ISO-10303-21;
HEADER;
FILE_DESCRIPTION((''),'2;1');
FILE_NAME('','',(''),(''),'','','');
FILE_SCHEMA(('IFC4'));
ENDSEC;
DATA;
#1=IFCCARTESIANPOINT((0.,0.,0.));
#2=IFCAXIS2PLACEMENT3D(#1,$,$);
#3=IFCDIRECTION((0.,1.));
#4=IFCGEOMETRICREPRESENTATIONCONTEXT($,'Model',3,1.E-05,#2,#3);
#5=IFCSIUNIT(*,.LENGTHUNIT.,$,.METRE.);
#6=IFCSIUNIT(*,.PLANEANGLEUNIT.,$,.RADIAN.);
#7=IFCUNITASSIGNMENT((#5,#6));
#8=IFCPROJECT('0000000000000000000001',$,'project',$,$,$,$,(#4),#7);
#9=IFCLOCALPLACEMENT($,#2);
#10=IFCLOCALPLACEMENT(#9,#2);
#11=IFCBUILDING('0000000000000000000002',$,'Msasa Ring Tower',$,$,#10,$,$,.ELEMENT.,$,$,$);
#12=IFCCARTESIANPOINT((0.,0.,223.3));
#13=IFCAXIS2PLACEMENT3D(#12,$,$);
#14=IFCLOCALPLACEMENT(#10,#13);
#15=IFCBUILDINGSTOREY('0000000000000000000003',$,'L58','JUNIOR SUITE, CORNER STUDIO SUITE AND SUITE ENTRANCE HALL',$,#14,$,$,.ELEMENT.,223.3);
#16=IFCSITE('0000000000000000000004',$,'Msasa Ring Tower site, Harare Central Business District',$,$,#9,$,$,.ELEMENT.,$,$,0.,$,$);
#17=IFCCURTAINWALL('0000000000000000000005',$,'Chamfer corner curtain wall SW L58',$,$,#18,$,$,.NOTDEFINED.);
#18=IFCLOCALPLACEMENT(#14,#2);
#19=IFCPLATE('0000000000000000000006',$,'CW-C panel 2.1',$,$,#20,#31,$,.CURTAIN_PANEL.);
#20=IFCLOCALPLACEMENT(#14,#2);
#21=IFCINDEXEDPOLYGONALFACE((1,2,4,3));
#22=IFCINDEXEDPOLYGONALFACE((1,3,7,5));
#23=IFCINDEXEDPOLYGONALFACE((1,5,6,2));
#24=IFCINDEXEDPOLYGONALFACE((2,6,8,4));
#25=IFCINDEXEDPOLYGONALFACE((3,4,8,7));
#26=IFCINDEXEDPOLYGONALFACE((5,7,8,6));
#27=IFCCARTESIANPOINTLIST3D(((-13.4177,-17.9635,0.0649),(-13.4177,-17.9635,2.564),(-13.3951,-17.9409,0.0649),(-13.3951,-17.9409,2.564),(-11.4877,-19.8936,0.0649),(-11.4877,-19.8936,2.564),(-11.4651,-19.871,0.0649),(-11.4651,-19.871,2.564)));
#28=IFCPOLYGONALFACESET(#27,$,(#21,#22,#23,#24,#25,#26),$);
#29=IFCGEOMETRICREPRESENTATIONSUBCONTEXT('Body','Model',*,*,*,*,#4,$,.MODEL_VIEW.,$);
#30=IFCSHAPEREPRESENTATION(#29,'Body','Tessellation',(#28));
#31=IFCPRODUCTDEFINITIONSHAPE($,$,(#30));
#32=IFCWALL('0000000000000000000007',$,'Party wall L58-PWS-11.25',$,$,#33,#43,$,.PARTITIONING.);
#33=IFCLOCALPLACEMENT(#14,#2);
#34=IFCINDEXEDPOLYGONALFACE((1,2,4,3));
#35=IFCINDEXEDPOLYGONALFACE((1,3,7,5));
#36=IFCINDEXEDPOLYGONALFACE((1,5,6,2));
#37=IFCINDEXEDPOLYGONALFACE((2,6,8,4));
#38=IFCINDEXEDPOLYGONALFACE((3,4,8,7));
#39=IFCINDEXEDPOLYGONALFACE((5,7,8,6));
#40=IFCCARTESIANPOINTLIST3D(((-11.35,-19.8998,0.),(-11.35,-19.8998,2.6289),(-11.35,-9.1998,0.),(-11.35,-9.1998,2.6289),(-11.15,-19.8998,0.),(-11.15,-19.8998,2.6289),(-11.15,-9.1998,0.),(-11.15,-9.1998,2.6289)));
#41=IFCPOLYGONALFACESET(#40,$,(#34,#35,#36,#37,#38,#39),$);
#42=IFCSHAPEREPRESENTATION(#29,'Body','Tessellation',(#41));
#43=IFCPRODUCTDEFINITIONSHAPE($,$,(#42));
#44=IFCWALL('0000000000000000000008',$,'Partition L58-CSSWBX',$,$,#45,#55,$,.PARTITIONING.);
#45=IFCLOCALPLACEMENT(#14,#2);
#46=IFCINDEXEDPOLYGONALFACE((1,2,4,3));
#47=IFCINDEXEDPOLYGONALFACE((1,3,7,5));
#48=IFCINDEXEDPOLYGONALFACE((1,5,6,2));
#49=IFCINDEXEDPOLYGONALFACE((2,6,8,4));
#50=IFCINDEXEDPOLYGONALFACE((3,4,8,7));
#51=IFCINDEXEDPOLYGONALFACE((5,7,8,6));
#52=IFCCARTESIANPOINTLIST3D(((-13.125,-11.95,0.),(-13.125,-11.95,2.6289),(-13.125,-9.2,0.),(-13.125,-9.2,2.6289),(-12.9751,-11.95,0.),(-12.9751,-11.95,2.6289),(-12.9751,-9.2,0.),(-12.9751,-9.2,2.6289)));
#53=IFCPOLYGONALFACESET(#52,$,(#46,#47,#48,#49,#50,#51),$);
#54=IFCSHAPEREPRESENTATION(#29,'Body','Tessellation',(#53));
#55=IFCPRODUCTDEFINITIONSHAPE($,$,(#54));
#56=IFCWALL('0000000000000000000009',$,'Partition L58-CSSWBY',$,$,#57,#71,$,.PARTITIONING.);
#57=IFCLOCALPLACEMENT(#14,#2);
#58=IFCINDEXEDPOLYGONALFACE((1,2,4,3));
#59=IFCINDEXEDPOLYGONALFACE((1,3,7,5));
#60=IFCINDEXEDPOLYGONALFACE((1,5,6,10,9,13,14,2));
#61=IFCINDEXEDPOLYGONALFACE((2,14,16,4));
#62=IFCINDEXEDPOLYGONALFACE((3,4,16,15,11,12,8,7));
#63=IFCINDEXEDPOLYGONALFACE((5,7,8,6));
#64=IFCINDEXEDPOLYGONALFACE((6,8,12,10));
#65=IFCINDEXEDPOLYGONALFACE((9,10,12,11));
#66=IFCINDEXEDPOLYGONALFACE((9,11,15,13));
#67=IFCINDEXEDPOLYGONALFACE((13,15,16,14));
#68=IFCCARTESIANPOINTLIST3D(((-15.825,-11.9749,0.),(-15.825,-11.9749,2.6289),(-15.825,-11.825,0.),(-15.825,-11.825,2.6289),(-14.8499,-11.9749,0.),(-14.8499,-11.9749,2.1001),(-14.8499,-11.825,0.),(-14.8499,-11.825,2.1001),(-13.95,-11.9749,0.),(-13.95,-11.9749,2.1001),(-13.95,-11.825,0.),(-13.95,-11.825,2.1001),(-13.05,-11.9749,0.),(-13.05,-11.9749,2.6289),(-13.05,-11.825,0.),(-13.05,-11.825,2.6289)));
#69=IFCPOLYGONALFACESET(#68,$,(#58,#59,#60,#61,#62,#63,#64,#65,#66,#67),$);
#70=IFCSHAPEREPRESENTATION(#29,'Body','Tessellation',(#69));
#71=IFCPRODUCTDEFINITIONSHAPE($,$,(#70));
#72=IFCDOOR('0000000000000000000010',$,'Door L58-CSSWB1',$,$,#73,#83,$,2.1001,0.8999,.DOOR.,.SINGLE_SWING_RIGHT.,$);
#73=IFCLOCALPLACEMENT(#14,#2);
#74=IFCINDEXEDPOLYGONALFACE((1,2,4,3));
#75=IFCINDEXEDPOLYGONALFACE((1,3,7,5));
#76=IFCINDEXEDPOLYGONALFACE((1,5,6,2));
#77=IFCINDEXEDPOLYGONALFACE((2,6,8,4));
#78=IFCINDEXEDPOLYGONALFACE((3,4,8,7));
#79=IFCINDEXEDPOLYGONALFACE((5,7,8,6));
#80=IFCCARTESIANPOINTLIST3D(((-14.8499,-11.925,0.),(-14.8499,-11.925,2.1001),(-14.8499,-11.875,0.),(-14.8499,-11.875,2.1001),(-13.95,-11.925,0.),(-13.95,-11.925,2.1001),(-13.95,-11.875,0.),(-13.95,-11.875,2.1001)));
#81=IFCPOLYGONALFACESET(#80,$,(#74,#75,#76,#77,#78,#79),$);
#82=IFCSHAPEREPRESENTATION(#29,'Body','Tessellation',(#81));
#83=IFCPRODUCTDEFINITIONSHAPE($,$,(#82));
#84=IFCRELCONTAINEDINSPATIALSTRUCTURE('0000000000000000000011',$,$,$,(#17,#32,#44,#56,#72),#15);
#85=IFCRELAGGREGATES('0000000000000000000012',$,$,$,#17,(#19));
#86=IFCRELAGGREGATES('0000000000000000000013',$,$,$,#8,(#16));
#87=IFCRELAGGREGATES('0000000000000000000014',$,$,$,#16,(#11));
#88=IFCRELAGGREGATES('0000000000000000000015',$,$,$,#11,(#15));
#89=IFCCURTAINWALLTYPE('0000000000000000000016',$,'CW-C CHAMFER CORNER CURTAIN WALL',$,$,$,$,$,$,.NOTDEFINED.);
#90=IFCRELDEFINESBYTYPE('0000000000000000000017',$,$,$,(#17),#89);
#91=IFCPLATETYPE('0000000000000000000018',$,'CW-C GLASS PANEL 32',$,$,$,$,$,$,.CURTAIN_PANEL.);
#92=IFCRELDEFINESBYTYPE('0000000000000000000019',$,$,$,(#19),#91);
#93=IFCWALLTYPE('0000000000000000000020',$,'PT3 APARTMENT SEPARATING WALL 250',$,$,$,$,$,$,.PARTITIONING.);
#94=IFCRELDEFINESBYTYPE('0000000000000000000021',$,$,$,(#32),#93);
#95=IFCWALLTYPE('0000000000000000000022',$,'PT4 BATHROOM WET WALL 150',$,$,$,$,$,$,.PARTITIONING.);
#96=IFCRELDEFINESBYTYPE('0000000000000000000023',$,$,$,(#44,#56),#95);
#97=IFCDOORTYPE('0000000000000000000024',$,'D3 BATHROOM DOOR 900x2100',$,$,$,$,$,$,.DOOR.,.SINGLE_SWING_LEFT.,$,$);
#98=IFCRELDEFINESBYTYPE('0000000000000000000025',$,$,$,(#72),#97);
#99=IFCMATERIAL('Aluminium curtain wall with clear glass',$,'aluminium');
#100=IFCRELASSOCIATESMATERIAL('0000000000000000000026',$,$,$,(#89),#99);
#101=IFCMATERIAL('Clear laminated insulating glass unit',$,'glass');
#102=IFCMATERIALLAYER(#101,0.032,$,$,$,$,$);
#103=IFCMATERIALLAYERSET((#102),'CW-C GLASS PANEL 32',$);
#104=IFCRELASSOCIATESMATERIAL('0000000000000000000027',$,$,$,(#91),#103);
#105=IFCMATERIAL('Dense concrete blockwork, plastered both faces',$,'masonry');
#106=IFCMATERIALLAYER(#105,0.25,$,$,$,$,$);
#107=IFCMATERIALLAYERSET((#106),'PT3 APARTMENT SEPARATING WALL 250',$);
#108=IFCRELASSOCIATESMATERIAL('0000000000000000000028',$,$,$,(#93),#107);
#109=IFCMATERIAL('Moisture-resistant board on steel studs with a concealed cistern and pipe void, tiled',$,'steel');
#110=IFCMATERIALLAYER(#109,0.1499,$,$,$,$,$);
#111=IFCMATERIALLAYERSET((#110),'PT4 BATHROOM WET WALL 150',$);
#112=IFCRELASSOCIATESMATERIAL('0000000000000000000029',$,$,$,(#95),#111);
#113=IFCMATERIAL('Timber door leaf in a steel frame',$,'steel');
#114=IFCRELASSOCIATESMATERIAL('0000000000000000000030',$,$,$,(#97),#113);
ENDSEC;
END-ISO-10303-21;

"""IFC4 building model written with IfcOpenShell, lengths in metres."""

from ifc_helpers import new_model, si_unit, direction, frame, frame_2d, origin, origin_2d, place, context, subcontext, project, spatial, rectangle, extrude, material, layer, layer_set, type_object, element, fill, aggregate, save


model = new_model("IFC4")

# Units and contexts
model_context = context("Model", 3, precision=1e-05, world=origin(), true_north=direction((0.0, 1.0)))
body_context = subcontext(model_context, "Body", "Model", "MODEL_VIEW")
ifc_project = project(units=[si_unit("LENGTHUNIT", "METRE"), si_unit("PLANEANGLEUNIT", "RADIAN")], contexts=[model_context])

# Site, building, storey
site_placement = place(None, origin())
site = spatial("IfcSite", under=ifc_project, at=site_placement, Name="Msasa Ring Tower site, Harare Central Business District", CompositionType="ELEMENT", RefElevation=0.0)
building_placement = place(site_placement, origin())
building = spatial("IfcBuilding", under=site, at=building_placement, Name="Msasa Ring Tower", CompositionType="ELEMENT")
storey_placement = place(building_placement, frame((0.0, 0.0, 223.3)))
storey = spatial("IfcBuildingStorey", under=building, at=storey_placement, Name="L58", Description="JUNIOR SUITE, CORNER STUDIO SUITE AND SUITE ENTRANCE HALL", CompositionType="ELEMENT", Elevation=223.3)

# Curtain wall
ifc_material_1 = material(Name="Aluminium curtain wall with clear glass", Category="aluminium")
curtain_wall_type = type_object("IfcCurtainWallType", Name="CW-C CHAMFER CORNER CURTAIN WALL", PredefinedType="NOTDEFINED", material=ifc_material_1)
curtain_wall_1_placement = place(storey_placement, origin())
curtain_wall_1 = element("IfcCurtainWall", 1, at=curtain_wall_1_placement, inside=storey, type_object=curtain_wall_type, Name="Chamfer corner curtain wall SW L58", PredefinedType="NOTDEFINED")

# Plate
ifc_material_2 = material(Name="Clear laminated insulating glass unit", Category="glass")
ifc_layer_1 = layer(ifc_material_2, 0.032)
ifc_layer_set_1 = layer_set([ifc_layer_1], Name="CW-C GLASS PANEL 32")
plate_type = type_object("IfcPlateType", Name="CW-C GLASS PANEL 32", PredefinedType="CURTAIN_PANEL", material=ifc_layer_set_1)
plate_1_placement = place(storey_placement, frame((-12.4414, -18.9172, 0.0649), z_axis=(0.0, 0.0, 1.0), x_axis=(0.707107, -0.707107, 0.0)))
plate_1 = element("IfcPlate", 2, at=plate_1_placement, type_object=plate_type, Name="CW-C panel 2.1", PredefinedType="CURTAIN_PANEL", context=body_context, shape_type="SweptSolid", body=[
    extrude(rectangle(XDim=2.7295, YDim=0.032, at=origin_2d()), origin(), (0.0, 0.0, 1.0), 2.499),
])
aggregate(curtain_wall_1, [plate_1])

# Walls
ifc_material_3 = material(Name="Dense concrete blockwork, plastered both faces", Category="masonry")
ifc_layer_2 = layer(ifc_material_3, 0.25)
ifc_layer_set_2 = layer_set([ifc_layer_2], Name="PT3 APARTMENT SEPARATING WALL 250")
wall_type_1 = type_object("IfcWallType", Name="PT3 APARTMENT SEPARATING WALL 250", PredefinedType="PARTITIONING", material=ifc_layer_set_2)
wall_1_placement = place(storey_placement, frame((-11.25, -19.8999, 0.0), z_axis=(0.0, 0.0, 1.0), x_axis=(0.0, 1.0, 0.0)))
element("IfcWall", 3, at=wall_1_placement, inside=storey, type_object=wall_type_1, Name="Party wall L58-PWS-11.25", PredefinedType="PARTITIONING", context=body_context, shape_type="SweptSolid", body=[
    extrude(rectangle(XDim=10.7, YDim=0.2, at=frame_2d((5.3501, 0.0))), origin(), (0.0, 0.0, 1.0), 2.6289),
])
ifc_material_4 = material(Name="Moisture-resistant board on steel studs with a concealed cistern and pipe void, tiled", Category="steel")
ifc_layer_3 = layer(ifc_material_4, 0.1499)
ifc_layer_set_3 = layer_set([ifc_layer_3], Name="PT4 BATHROOM WET WALL 150")
wall_type_2 = type_object("IfcWallType", Name="PT4 BATHROOM WET WALL 150", PredefinedType="PARTITIONING", material=ifc_layer_set_3)
wall_2_placement = place(storey_placement, frame((-13.05, -11.95, 0.0), z_axis=(0.0, 0.0, 1.0), x_axis=(0.0, 1.0, 0.0)))
element("IfcWall", 4, at=wall_2_placement, inside=storey, type_object=wall_type_2, Name="Partition L58-CSSWBX", PredefinedType="PARTITIONING", context=body_context, shape_type="SweptSolid", body=[
    extrude(rectangle(XDim=2.75, YDim=0.1499, at=frame_2d((1.375, 0.0))), origin(), (0.0, 0.0, 1.0), 2.6289),
])

# Wall, opening, door
wall_3_placement = place(storey_placement, frame((-15.825, -11.8999, 0.0), z_axis=(0.0, 0.0, 1.0), x_axis=(1.0, 0.0, 0.0)))
wall_3 = element("IfcWall", 5, at=wall_3_placement, inside=storey, type_object=wall_type_2, Name="Partition L58-CSSWBY", PredefinedType="PARTITIONING", context=body_context, shape_type="SweptSolid", body=[
    extrude(rectangle(XDim=2.7749, YDim=0.1499, at=frame_2d((1.3875, 0.0))), origin(), (0.0, 0.0, 1.0), 2.6289),
])
opening_placement = place(wall_3_placement, frame((0.9751, 0.0, 0.0)))
opening = element("IfcOpeningElement", 6, at=opening_placement, cuts=wall_3, PredefinedType="OPENING", context=body_context, shape_type="SweptSolid", body=[
    extrude(rectangle(XDim=0.8999, YDim=2.1001, at=frame_2d((0.45, 1.05))), frame((0.0, 0.085, 0.0), z_axis=(0.0, -1.0, 0.0), x_axis=(1.0, 0.0, 0.0)), (0.0, 0.0, 1.0), 0.1699),
])
ifc_material_5 = material(Name="Timber door leaf in a steel frame", Category="steel")
door_type = type_object("IfcDoorType", Name="D3 BATHROOM DOOR 900x2100", OperationType="SINGLE_SWING_LEFT", PredefinedType="DOOR", material=ifc_material_5)
door_placement = place(opening_placement, origin())
door = element("IfcDoor", 7, at=door_placement, inside=storey, type_object=door_type, Name="Door L58-CSSWB1", OperationType="SINGLE_SWING_RIGHT", OverallHeight=2.1001, OverallWidth=0.8999, PredefinedType="DOOR", context=body_context, shape_type="SweptSolid", body=[
    extrude(rectangle(XDim=0.8999, YDim=2.1001, at=frame_2d((0.45, 1.05))), frame((0.0, 0.0249, 0.0), z_axis=(0.0, -1.0, 0.0), x_axis=(1.0, 0.0, 0.0)), (0.0, 0.0, 1.0), 0.05),
])
fill(opening, door)

save(model, "model.ifc")
